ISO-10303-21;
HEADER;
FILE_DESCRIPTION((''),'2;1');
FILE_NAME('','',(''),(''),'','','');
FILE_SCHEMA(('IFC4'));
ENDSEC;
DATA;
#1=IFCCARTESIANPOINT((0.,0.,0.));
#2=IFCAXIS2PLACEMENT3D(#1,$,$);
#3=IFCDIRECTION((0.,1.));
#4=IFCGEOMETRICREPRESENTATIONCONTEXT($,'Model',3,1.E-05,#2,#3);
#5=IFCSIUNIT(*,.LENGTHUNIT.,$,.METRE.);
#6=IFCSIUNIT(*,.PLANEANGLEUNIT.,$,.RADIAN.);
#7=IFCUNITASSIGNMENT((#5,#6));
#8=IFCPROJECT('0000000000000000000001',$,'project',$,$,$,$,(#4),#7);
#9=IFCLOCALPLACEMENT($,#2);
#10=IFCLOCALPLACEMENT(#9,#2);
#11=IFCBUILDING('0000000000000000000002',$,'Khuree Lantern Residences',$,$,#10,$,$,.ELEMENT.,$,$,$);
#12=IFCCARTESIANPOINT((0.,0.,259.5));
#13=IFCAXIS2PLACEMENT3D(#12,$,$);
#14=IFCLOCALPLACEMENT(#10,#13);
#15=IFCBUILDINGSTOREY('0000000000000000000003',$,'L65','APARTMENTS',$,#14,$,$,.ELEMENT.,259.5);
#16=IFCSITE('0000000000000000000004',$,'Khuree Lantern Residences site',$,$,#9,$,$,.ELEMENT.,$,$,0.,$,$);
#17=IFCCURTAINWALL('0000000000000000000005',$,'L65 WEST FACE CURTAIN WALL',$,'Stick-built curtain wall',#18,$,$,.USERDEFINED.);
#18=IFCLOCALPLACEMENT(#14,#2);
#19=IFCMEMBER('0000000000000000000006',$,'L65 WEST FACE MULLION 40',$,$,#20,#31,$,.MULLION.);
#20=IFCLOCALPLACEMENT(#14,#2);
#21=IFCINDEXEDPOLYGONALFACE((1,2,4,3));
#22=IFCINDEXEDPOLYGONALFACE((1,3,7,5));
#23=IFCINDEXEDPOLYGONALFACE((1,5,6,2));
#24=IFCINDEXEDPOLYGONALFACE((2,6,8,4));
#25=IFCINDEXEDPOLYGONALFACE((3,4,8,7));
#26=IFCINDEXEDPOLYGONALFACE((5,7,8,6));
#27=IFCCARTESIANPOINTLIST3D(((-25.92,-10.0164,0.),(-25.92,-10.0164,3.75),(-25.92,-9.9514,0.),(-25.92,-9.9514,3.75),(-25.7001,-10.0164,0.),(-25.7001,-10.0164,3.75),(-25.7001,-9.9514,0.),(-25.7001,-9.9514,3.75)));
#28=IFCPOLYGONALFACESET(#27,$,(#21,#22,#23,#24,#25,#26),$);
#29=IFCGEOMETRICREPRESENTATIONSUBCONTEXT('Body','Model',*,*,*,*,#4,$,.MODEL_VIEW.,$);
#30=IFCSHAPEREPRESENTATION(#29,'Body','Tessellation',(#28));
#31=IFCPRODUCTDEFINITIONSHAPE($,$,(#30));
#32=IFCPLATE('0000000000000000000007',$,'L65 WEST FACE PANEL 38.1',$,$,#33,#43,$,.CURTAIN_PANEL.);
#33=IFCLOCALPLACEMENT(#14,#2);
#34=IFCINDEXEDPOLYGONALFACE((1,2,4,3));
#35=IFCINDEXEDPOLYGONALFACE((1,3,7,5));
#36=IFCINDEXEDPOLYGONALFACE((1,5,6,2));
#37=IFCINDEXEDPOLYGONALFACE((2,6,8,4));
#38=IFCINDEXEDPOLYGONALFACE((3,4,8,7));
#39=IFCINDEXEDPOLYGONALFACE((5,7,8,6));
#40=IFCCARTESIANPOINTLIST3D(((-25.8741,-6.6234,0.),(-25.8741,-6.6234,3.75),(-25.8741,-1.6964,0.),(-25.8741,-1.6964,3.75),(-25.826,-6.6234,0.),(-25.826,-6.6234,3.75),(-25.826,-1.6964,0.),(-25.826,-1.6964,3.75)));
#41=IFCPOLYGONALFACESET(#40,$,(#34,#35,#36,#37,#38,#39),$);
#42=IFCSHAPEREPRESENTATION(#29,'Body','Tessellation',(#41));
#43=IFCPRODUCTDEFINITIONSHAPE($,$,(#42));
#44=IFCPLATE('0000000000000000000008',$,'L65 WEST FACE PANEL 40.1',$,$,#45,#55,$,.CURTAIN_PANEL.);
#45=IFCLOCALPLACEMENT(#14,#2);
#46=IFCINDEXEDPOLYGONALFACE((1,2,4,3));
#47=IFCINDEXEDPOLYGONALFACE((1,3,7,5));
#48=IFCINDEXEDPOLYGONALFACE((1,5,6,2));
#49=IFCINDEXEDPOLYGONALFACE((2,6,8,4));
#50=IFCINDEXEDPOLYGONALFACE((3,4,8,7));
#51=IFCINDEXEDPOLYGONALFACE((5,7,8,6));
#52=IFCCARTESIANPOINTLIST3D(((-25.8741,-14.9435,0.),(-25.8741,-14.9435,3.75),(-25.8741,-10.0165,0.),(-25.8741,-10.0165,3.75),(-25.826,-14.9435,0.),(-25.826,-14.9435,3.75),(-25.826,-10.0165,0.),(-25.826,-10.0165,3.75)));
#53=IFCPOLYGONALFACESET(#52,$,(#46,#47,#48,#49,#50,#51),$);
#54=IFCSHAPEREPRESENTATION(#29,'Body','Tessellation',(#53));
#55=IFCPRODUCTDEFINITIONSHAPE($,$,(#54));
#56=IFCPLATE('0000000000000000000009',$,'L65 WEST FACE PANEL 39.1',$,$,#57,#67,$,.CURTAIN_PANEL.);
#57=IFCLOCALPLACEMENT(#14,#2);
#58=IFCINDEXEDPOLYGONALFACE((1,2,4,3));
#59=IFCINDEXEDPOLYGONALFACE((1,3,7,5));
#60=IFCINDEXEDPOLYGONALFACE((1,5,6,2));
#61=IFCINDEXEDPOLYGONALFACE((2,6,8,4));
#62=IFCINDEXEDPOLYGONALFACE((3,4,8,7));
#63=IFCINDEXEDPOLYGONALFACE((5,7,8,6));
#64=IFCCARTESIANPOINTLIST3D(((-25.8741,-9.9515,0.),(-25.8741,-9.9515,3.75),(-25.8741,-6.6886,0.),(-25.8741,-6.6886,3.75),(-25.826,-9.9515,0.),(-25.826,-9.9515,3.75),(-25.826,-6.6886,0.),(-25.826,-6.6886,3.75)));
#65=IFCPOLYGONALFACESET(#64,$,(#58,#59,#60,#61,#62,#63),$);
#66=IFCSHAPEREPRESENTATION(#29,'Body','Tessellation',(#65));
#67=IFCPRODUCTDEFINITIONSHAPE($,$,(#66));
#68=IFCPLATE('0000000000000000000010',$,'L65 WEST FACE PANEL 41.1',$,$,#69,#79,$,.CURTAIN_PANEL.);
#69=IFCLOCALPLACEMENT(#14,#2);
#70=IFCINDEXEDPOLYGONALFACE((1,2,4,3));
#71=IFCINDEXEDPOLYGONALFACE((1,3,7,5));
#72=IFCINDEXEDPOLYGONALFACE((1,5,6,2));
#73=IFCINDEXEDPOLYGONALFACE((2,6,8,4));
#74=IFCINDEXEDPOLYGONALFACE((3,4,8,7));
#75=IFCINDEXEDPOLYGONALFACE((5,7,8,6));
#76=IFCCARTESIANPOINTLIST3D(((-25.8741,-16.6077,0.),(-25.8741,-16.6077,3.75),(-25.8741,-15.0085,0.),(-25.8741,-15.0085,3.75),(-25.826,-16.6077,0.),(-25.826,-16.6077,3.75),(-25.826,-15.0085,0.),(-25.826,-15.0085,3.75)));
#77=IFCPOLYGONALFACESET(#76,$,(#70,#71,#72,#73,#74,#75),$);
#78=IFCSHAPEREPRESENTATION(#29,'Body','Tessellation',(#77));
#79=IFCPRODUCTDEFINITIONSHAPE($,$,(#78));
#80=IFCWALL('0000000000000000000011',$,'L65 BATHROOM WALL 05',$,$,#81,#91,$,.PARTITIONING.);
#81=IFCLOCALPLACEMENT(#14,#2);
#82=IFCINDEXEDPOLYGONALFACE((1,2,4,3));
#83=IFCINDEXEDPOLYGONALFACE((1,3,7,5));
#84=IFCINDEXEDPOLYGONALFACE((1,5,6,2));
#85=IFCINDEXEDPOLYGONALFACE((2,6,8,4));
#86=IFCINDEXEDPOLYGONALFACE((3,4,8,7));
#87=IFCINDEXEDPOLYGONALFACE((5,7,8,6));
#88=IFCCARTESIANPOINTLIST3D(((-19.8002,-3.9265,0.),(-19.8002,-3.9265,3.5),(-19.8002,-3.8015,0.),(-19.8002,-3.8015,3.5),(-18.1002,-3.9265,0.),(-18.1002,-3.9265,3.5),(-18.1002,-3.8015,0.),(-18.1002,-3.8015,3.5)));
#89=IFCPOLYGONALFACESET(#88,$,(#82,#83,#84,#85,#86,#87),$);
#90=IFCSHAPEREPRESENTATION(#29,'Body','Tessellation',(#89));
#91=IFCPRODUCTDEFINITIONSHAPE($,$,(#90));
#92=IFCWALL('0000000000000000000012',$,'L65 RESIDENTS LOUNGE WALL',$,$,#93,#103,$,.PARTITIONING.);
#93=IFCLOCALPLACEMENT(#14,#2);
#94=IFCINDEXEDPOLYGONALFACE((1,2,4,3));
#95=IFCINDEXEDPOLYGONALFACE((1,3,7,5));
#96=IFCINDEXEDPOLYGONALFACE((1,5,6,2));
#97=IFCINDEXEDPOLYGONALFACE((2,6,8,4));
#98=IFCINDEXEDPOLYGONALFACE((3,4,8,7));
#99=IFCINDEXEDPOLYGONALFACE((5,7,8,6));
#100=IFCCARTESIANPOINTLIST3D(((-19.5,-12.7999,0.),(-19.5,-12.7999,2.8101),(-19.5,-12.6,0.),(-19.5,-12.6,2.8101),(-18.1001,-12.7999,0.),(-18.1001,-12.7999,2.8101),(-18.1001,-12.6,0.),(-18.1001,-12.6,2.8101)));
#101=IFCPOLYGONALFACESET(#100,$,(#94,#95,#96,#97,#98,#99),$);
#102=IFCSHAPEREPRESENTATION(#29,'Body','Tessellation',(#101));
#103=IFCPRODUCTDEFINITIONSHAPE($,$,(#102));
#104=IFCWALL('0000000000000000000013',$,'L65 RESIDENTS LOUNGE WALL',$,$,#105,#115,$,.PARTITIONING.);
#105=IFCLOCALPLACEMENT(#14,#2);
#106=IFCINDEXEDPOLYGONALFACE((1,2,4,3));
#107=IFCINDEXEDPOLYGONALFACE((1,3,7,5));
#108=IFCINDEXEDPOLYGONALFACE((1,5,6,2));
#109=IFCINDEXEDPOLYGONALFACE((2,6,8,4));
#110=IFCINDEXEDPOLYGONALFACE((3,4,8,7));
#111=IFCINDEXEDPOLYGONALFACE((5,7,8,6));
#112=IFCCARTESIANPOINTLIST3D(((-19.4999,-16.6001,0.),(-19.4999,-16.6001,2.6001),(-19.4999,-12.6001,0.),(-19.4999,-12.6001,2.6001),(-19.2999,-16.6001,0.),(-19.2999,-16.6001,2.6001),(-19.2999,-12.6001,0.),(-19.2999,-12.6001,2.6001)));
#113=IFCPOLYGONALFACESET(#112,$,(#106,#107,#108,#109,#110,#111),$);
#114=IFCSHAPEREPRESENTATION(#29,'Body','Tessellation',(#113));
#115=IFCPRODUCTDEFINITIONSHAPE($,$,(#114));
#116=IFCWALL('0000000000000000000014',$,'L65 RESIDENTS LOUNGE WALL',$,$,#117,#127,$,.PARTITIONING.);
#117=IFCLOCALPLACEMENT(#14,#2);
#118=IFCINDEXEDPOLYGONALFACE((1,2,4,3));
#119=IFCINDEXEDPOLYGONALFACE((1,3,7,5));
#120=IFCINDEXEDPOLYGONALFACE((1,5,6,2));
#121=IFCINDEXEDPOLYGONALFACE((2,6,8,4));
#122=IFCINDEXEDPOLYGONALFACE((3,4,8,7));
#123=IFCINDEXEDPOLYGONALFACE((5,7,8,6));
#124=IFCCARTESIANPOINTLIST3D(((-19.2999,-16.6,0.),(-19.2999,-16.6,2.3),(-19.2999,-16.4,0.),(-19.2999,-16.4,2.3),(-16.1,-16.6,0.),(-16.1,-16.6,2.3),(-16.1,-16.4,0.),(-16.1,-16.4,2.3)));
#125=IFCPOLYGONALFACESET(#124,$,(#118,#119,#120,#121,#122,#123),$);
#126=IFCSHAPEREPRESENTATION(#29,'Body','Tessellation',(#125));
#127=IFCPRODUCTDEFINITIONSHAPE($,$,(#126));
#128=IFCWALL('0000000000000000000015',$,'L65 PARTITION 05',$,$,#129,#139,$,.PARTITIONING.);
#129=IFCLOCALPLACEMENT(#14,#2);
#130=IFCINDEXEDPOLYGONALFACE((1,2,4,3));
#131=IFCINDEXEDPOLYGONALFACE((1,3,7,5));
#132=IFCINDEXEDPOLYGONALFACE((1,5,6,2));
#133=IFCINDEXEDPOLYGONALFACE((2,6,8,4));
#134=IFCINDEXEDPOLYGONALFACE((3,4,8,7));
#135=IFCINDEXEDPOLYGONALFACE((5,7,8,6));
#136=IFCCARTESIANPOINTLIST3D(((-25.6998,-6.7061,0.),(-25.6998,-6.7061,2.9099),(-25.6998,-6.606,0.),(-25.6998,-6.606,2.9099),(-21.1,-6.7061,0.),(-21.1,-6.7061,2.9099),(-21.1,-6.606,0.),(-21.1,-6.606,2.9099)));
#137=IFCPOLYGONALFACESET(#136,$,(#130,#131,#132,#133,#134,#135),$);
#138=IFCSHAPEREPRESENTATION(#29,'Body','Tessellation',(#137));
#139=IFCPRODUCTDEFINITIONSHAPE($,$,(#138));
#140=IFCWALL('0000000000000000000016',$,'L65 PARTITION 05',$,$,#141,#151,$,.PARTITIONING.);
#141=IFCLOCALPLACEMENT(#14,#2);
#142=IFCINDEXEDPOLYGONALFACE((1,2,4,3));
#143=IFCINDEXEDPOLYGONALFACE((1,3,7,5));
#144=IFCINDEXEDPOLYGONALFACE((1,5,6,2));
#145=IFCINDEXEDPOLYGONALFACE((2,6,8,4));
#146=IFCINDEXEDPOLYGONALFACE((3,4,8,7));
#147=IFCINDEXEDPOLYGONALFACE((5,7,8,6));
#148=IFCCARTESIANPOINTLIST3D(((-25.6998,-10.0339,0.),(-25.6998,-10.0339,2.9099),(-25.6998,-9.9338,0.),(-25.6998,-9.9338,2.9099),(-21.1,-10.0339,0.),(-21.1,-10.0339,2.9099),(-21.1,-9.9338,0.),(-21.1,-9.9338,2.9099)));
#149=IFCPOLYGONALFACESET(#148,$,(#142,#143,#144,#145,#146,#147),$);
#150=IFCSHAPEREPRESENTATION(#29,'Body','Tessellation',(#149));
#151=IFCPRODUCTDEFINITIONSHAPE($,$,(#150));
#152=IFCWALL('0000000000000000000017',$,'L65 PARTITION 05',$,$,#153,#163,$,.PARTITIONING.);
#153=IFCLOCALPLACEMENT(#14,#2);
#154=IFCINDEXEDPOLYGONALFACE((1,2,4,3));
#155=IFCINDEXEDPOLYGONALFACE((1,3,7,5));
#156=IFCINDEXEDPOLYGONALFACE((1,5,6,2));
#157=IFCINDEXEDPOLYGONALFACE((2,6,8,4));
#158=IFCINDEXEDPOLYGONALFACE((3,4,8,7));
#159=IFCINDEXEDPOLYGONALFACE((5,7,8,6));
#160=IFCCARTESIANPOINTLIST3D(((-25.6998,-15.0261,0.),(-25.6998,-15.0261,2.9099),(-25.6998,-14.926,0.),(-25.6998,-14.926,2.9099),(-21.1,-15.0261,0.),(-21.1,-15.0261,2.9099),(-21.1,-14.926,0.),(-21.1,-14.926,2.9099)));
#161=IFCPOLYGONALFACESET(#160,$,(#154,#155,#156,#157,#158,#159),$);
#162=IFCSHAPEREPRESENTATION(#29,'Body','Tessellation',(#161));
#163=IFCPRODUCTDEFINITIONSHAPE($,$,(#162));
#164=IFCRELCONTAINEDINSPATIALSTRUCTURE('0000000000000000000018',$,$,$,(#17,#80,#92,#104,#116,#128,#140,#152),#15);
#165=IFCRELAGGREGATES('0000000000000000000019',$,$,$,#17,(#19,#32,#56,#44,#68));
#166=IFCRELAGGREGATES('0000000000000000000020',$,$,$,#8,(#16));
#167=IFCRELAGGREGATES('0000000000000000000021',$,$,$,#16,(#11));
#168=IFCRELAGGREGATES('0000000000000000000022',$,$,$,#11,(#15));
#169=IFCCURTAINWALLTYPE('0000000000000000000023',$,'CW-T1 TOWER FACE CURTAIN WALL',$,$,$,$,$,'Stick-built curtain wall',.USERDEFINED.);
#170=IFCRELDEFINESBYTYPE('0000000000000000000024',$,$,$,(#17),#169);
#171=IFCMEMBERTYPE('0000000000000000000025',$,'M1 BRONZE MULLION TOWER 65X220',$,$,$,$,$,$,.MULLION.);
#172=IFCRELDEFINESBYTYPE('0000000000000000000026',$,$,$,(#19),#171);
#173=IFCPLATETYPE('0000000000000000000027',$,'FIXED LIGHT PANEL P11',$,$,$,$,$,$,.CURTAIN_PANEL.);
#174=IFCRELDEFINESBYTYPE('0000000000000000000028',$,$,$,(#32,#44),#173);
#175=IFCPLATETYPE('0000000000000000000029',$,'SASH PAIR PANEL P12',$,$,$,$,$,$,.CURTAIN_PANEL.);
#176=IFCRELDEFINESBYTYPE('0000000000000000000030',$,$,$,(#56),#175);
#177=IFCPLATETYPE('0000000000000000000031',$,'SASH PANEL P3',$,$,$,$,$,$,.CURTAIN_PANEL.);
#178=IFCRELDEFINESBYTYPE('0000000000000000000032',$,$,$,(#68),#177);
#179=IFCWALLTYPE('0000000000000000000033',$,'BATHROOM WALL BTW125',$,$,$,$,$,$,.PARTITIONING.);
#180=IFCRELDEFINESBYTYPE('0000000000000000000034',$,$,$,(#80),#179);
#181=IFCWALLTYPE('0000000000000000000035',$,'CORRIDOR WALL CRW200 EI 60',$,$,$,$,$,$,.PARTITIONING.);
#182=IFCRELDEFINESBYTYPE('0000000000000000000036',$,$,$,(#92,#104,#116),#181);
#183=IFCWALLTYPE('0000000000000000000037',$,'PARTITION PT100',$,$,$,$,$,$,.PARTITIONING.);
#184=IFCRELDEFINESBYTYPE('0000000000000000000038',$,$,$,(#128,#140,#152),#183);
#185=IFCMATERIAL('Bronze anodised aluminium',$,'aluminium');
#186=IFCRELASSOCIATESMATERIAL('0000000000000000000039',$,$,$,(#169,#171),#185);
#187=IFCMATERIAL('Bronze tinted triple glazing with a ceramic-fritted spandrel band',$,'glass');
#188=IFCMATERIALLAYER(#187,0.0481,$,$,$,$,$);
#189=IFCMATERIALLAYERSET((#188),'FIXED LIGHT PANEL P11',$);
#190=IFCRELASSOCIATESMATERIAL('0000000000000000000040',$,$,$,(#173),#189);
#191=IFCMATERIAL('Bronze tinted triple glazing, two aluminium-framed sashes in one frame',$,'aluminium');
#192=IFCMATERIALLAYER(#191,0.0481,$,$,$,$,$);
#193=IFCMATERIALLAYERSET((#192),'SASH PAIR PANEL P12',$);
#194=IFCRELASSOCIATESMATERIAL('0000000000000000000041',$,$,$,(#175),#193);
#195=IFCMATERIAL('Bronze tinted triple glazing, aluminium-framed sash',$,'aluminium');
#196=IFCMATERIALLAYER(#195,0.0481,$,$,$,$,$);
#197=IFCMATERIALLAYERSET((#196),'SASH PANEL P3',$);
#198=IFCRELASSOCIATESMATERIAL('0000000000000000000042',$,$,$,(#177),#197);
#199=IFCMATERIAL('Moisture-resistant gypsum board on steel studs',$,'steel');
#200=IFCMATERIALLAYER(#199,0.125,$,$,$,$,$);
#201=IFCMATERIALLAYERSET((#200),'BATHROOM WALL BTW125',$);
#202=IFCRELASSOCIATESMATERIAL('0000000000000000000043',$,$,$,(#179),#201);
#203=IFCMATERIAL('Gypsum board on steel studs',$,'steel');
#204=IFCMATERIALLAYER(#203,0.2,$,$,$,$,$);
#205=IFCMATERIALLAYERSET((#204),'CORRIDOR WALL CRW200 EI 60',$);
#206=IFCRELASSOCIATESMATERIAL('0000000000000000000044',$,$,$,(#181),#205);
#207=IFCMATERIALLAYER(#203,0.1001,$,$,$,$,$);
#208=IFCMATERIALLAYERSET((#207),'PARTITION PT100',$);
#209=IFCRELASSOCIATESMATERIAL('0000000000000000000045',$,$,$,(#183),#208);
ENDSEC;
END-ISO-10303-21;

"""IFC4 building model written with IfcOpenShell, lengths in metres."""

from ifc_helpers import new_model, si_unit, direction, frame, frame_2d, origin, origin_2d, place, context, subcontext, project, spatial, rectangle, extrude, material, layer, layer_set, material_profile, profile_set, type_object, element, aggregate, save


model = new_model("IFC4")

# Units and contexts
model_context = context("Model", 3, precision=1e-05, world=origin(), true_north=direction((0.0, 1.0)))
body_context = subcontext(model_context, "Body", "Model", "MODEL_VIEW")
ifc_project = project(units=[si_unit("LENGTHUNIT", "METRE"), si_unit("PLANEANGLEUNIT", "RADIAN")], contexts=[model_context])

# Site, building, storey
site_placement = place(None, origin())
site = spatial("IfcSite", under=ifc_project, at=site_placement, Name="Khuree Lantern Residences site", CompositionType="ELEMENT", RefElevation=0.0)
building_placement = place(site_placement, origin())
building = spatial("IfcBuilding", under=site, at=building_placement, Name="Khuree Lantern Residences", CompositionType="ELEMENT")
storey_placement = place(building_placement, frame((0.0, 0.0, 259.5)))
storey = spatial("IfcBuildingStorey", under=building, at=storey_placement, Name="L65", Description="APARTMENTS", CompositionType="ELEMENT", Elevation=259.5)

# Curtain wall
ifc_material_1 = material(Name="Bronze anodised aluminium", Category="aluminium")
curtain_wall_type = type_object("IfcCurtainWallType", Name="CW-T1 TOWER FACE CURTAIN WALL", ElementType="Stick-built curtain wall", PredefinedType="USERDEFINED", material=ifc_material_1)
curtain_wall_placement = place(storey_placement, origin())
curtain_wall = element("IfcCurtainWall", 1, at=curtain_wall_placement, inside=storey, type_object=curtain_wall_type, Name="L65 WEST FACE CURTAIN WALL", ObjectType="Stick-built curtain wall", PredefinedType="USERDEFINED")

# Member
ifc_material_profile_1 = material_profile(ifc_material_1, rectangle(XDim=0.0649, YDim=0.22, at=origin_2d()), Name="M1 65X220")
ifc_profile_set_1 = profile_set([ifc_material_profile_1], Name="Bronze anodised aluminium")
member_type_1 = type_object("IfcMemberType", Name="M1 BRONZE MULLION TOWER 65X220", PredefinedType="MULLION", material=ifc_profile_set_1)
member_1_placement = place(storey_placement, frame((-25.8101, -9.9839, 0.0), z_axis=(0.0, 0.0, 1.0), x_axis=(0.0, -1.0, 0.0)))
member_1 = element("IfcMember", 2, at=member_1_placement, type_object=member_type_1, Name="L65 WEST FACE MULLION 40", PredefinedType="MULLION", context=body_context, shape_type="SweptSolid", body=[
    extrude(rectangle(XDim=0.0649, YDim=0.22, at=origin_2d()), origin(), (0.0, 0.0, 1.0), 3.75),
])

# Plates
ifc_material_2 = material(Name="Bronze tinted triple glazing with a ceramic-fritted spandrel band", Category="glass")
ifc_layer_1 = layer(ifc_material_2, 0.0481)
ifc_layer_set_1 = layer_set([ifc_layer_1], Name="FIXED LIGHT PANEL P11")
plate_type_1 = type_object("IfcPlateType", Name="FIXED LIGHT PANEL P11", PredefinedType="CURTAIN_PANEL", material=ifc_layer_set_1)
plate_1_placement = place(storey_placement, frame((-25.8501, -4.1599, 0.0), z_axis=(0.0, 0.0, 1.0), x_axis=(0.0, -1.0, 0.0)))
plate_1 = element("IfcPlate", 3, at=plate_1_placement, type_object=plate_type_1, Name="L65 WEST FACE PANEL 38.1", PredefinedType="CURTAIN_PANEL", context=body_context, shape_type="SweptSolid", body=[
    extrude(rectangle(XDim=4.927, YDim=0.0481, at=origin_2d()), origin(), (0.0, 0.0, 1.0), 3.75),
])
plate_2_placement = place(storey_placement, frame((-25.8501, -12.48, 0.0), z_axis=(0.0, 0.0, 1.0), x_axis=(0.0, -1.0, 0.0)))
plate_2 = element("IfcPlate", 4, at=plate_2_placement, type_object=plate_type_1, Name="L65 WEST FACE PANEL 40.1", PredefinedType="CURTAIN_PANEL", context=body_context, shape_type="SweptSolid", body=[
    extrude(rectangle(XDim=4.927, YDim=0.0481, at=origin_2d()), origin(), (0.0, 0.0, 1.0), 3.75),
])
ifc_material_3 = material(Name="Bronze tinted triple glazing, two aluminium-framed sashes in one frame", Category="aluminium")
ifc_layer_2 = layer(ifc_material_3, 0.0481)
ifc_layer_set_2 = layer_set([ifc_layer_2], Name="SASH PAIR PANEL P12")
plate_type_2 = type_object("IfcPlateType", Name="SASH PAIR PANEL P12", PredefinedType="CURTAIN_PANEL", material=ifc_layer_set_2)
plate_3_placement = place(storey_placement, frame((-25.8501, -8.3201, 0.0), z_axis=(0.0, 0.0, 1.0), x_axis=(0.0, -1.0, 0.0)))
plate_3 = element("IfcPlate", 5, at=plate_3_placement, type_object=plate_type_2, Name="L65 WEST FACE PANEL 39.1", PredefinedType="CURTAIN_PANEL", context=body_context, shape_type="SweptSolid", body=[
    extrude(rectangle(XDim=3.2629, YDim=0.0481, at=origin_2d()), origin(), (0.0, 0.0, 1.0), 3.75),
])
ifc_material_4 = material(Name="Bronze tinted triple glazing, aluminium-framed sash", Category="aluminium")
ifc_layer_3 = layer(ifc_material_4, 0.0481)
ifc_layer_set_3 = layer_set([ifc_layer_3], Name="SASH PANEL P3")
plate_type_3 = type_object("IfcPlateType", Name="SASH PANEL P3", PredefinedType="CURTAIN_PANEL", material=ifc_layer_set_3)
plate_4_placement = place(storey_placement, frame((-25.8501, -15.8081, 0.0), z_axis=(0.0, 0.0, 1.0), x_axis=(0.0, -1.0, 0.0)))
plate_4 = element("IfcPlate", 6, at=plate_4_placement, type_object=plate_type_3, Name="L65 WEST FACE PANEL 41.1", PredefinedType="CURTAIN_PANEL", context=body_context, shape_type="SweptSolid", body=[
    extrude(rectangle(XDim=1.5991, YDim=0.0481, at=origin_2d()), origin(), (0.0, 0.0, 1.0), 3.75),
])
aggregate(curtain_wall, [member_1, plate_1, plate_3, plate_2, plate_4])

# Walls
ifc_material_5 = material(Name="Moisture-resistant gypsum board on steel studs", Category="steel")
ifc_layer_4 = layer(ifc_material_5, 0.125)
ifc_layer_set_4 = layer_set([ifc_layer_4], Name="BATHROOM WALL BTW125")
wall_type_1 = type_object("IfcWallType", Name="BATHROOM WALL BTW125", PredefinedType="PARTITIONING", material=ifc_layer_set_4)
wall_1_placement = place(storey_placement, frame((-18.1001, -3.864, 0.0), z_axis=(0.0, 0.0, 1.0), x_axis=(-1.0, 0.0, 0.0)))
element("IfcWall", 7, at=wall_1_placement, inside=storey, type_object=wall_type_1, Name="L65 BATHROOM WALL 05", PredefinedType="PARTITIONING", context=body_context, shape_type="SweptSolid", body=[
    extrude(rectangle(XDim=1.7, YDim=0.125, at=frame_2d((0.8501, 0.0))), origin(), (0.0, 0.0, 1.0), 3.5),
])
ifc_material_6 = material(Name="Gypsum board on steel studs", Category="steel")
ifc_layer_5 = layer(ifc_material_6, 0.2)
ifc_layer_set_5 = layer_set([ifc_layer_5], Name="CORRIDOR WALL CRW200 EI 60")
wall_type_2 = type_object("IfcWallType", Name="CORRIDOR WALL CRW200 EI 60", PredefinedType="PARTITIONING", material=ifc_layer_set_5)
wall_2_placement = place(storey_placement, frame((-18.1001, -12.7, 0.0), z_axis=(0.0, 0.0, 1.0), x_axis=(-1.0, 0.0, 0.0)))
element("IfcWall", 8, at=wall_2_placement, inside=storey, type_object=wall_type_2, Name="L65 RESIDENTS LOUNGE WALL", PredefinedType="PARTITIONING", context=body_context, shape_type="SweptSolid", body=[
    extrude(rectangle(XDim=1.3999, YDim=0.2, at=frame_2d((0.7, 0.0))), origin(), (0.0, 0.0, 1.0), 2.8101),
])
wall_3_placement = place(storey_placement, frame((-19.3999, -12.6001, 0.0), z_axis=(0.0, 0.0, 1.0), x_axis=(0.0, -1.0, 0.0)))
element("IfcWall", 9, at=wall_3_placement, inside=storey, type_object=wall_type_2, Name="L65 RESIDENTS LOUNGE WALL", PredefinedType="PARTITIONING", context=body_context, shape_type="SweptSolid", body=[
    extrude(rectangle(XDim=4.0, YDim=0.2, at=frame_2d((2.0, 0.0))), origin(), (0.0, 0.0, 1.0), 2.6001),
])
wall_4_placement = place(storey_placement, frame((-19.3, -16.5, 0.0), z_axis=(0.0, 0.0, 1.0), x_axis=(1.0, 0.0, 0.0)))
element("IfcWall", 10, at=wall_4_placement, inside=storey, type_object=wall_type_2, Name="L65 RESIDENTS LOUNGE WALL", PredefinedType="PARTITIONING", context=body_context, shape_type="SweptSolid", body=[
    extrude(rectangle(XDim=3.2, YDim=0.2, at=frame_2d((1.6001, 0.0))), origin(), (0.0, 0.0, 1.0), 2.3),
])
ifc_layer_6 = layer(ifc_material_6, 0.1001)
ifc_layer_set_6 = layer_set([ifc_layer_6], Name="PARTITION PT100")
wall_type_3 = type_object("IfcWallType", Name="PARTITION PT100", PredefinedType="PARTITIONING", material=ifc_layer_set_6)
for number, where, z_axis, x_axis, name in (
    (11, (-21.1001, -6.656, 0.0), (0.0, 0.0, 1.0), (-1.0, 0.0, 0.0), "L65 PARTITION 05"),
    (12, (-21.1001, -9.9839, 0.0), (0.0, 0.0, 1.0), (-1.0, 0.0, 0.0), "L65 PARTITION 05"),
    (13, (-21.1001, -14.9761, 0.0), (0.0, 0.0, 1.0), (-1.0, 0.0, 0.0), "L65 PARTITION 05"),
):
    element("IfcWall", number, at=place(storey_placement, frame(where, z_axis=z_axis, x_axis=x_axis)), inside=storey, type_object=wall_type_3, Name=name, PredefinedType="PARTITIONING", context=body_context, shape_type="SweptSolid", body=[
        extrude(rectangle(XDim=4.5999, YDim=0.1001, at=frame_2d((2.2998, 0.0))), origin(), (0.0, 0.0, 1.0), 2.9099),
    ])

save(model, "model.ifc")
